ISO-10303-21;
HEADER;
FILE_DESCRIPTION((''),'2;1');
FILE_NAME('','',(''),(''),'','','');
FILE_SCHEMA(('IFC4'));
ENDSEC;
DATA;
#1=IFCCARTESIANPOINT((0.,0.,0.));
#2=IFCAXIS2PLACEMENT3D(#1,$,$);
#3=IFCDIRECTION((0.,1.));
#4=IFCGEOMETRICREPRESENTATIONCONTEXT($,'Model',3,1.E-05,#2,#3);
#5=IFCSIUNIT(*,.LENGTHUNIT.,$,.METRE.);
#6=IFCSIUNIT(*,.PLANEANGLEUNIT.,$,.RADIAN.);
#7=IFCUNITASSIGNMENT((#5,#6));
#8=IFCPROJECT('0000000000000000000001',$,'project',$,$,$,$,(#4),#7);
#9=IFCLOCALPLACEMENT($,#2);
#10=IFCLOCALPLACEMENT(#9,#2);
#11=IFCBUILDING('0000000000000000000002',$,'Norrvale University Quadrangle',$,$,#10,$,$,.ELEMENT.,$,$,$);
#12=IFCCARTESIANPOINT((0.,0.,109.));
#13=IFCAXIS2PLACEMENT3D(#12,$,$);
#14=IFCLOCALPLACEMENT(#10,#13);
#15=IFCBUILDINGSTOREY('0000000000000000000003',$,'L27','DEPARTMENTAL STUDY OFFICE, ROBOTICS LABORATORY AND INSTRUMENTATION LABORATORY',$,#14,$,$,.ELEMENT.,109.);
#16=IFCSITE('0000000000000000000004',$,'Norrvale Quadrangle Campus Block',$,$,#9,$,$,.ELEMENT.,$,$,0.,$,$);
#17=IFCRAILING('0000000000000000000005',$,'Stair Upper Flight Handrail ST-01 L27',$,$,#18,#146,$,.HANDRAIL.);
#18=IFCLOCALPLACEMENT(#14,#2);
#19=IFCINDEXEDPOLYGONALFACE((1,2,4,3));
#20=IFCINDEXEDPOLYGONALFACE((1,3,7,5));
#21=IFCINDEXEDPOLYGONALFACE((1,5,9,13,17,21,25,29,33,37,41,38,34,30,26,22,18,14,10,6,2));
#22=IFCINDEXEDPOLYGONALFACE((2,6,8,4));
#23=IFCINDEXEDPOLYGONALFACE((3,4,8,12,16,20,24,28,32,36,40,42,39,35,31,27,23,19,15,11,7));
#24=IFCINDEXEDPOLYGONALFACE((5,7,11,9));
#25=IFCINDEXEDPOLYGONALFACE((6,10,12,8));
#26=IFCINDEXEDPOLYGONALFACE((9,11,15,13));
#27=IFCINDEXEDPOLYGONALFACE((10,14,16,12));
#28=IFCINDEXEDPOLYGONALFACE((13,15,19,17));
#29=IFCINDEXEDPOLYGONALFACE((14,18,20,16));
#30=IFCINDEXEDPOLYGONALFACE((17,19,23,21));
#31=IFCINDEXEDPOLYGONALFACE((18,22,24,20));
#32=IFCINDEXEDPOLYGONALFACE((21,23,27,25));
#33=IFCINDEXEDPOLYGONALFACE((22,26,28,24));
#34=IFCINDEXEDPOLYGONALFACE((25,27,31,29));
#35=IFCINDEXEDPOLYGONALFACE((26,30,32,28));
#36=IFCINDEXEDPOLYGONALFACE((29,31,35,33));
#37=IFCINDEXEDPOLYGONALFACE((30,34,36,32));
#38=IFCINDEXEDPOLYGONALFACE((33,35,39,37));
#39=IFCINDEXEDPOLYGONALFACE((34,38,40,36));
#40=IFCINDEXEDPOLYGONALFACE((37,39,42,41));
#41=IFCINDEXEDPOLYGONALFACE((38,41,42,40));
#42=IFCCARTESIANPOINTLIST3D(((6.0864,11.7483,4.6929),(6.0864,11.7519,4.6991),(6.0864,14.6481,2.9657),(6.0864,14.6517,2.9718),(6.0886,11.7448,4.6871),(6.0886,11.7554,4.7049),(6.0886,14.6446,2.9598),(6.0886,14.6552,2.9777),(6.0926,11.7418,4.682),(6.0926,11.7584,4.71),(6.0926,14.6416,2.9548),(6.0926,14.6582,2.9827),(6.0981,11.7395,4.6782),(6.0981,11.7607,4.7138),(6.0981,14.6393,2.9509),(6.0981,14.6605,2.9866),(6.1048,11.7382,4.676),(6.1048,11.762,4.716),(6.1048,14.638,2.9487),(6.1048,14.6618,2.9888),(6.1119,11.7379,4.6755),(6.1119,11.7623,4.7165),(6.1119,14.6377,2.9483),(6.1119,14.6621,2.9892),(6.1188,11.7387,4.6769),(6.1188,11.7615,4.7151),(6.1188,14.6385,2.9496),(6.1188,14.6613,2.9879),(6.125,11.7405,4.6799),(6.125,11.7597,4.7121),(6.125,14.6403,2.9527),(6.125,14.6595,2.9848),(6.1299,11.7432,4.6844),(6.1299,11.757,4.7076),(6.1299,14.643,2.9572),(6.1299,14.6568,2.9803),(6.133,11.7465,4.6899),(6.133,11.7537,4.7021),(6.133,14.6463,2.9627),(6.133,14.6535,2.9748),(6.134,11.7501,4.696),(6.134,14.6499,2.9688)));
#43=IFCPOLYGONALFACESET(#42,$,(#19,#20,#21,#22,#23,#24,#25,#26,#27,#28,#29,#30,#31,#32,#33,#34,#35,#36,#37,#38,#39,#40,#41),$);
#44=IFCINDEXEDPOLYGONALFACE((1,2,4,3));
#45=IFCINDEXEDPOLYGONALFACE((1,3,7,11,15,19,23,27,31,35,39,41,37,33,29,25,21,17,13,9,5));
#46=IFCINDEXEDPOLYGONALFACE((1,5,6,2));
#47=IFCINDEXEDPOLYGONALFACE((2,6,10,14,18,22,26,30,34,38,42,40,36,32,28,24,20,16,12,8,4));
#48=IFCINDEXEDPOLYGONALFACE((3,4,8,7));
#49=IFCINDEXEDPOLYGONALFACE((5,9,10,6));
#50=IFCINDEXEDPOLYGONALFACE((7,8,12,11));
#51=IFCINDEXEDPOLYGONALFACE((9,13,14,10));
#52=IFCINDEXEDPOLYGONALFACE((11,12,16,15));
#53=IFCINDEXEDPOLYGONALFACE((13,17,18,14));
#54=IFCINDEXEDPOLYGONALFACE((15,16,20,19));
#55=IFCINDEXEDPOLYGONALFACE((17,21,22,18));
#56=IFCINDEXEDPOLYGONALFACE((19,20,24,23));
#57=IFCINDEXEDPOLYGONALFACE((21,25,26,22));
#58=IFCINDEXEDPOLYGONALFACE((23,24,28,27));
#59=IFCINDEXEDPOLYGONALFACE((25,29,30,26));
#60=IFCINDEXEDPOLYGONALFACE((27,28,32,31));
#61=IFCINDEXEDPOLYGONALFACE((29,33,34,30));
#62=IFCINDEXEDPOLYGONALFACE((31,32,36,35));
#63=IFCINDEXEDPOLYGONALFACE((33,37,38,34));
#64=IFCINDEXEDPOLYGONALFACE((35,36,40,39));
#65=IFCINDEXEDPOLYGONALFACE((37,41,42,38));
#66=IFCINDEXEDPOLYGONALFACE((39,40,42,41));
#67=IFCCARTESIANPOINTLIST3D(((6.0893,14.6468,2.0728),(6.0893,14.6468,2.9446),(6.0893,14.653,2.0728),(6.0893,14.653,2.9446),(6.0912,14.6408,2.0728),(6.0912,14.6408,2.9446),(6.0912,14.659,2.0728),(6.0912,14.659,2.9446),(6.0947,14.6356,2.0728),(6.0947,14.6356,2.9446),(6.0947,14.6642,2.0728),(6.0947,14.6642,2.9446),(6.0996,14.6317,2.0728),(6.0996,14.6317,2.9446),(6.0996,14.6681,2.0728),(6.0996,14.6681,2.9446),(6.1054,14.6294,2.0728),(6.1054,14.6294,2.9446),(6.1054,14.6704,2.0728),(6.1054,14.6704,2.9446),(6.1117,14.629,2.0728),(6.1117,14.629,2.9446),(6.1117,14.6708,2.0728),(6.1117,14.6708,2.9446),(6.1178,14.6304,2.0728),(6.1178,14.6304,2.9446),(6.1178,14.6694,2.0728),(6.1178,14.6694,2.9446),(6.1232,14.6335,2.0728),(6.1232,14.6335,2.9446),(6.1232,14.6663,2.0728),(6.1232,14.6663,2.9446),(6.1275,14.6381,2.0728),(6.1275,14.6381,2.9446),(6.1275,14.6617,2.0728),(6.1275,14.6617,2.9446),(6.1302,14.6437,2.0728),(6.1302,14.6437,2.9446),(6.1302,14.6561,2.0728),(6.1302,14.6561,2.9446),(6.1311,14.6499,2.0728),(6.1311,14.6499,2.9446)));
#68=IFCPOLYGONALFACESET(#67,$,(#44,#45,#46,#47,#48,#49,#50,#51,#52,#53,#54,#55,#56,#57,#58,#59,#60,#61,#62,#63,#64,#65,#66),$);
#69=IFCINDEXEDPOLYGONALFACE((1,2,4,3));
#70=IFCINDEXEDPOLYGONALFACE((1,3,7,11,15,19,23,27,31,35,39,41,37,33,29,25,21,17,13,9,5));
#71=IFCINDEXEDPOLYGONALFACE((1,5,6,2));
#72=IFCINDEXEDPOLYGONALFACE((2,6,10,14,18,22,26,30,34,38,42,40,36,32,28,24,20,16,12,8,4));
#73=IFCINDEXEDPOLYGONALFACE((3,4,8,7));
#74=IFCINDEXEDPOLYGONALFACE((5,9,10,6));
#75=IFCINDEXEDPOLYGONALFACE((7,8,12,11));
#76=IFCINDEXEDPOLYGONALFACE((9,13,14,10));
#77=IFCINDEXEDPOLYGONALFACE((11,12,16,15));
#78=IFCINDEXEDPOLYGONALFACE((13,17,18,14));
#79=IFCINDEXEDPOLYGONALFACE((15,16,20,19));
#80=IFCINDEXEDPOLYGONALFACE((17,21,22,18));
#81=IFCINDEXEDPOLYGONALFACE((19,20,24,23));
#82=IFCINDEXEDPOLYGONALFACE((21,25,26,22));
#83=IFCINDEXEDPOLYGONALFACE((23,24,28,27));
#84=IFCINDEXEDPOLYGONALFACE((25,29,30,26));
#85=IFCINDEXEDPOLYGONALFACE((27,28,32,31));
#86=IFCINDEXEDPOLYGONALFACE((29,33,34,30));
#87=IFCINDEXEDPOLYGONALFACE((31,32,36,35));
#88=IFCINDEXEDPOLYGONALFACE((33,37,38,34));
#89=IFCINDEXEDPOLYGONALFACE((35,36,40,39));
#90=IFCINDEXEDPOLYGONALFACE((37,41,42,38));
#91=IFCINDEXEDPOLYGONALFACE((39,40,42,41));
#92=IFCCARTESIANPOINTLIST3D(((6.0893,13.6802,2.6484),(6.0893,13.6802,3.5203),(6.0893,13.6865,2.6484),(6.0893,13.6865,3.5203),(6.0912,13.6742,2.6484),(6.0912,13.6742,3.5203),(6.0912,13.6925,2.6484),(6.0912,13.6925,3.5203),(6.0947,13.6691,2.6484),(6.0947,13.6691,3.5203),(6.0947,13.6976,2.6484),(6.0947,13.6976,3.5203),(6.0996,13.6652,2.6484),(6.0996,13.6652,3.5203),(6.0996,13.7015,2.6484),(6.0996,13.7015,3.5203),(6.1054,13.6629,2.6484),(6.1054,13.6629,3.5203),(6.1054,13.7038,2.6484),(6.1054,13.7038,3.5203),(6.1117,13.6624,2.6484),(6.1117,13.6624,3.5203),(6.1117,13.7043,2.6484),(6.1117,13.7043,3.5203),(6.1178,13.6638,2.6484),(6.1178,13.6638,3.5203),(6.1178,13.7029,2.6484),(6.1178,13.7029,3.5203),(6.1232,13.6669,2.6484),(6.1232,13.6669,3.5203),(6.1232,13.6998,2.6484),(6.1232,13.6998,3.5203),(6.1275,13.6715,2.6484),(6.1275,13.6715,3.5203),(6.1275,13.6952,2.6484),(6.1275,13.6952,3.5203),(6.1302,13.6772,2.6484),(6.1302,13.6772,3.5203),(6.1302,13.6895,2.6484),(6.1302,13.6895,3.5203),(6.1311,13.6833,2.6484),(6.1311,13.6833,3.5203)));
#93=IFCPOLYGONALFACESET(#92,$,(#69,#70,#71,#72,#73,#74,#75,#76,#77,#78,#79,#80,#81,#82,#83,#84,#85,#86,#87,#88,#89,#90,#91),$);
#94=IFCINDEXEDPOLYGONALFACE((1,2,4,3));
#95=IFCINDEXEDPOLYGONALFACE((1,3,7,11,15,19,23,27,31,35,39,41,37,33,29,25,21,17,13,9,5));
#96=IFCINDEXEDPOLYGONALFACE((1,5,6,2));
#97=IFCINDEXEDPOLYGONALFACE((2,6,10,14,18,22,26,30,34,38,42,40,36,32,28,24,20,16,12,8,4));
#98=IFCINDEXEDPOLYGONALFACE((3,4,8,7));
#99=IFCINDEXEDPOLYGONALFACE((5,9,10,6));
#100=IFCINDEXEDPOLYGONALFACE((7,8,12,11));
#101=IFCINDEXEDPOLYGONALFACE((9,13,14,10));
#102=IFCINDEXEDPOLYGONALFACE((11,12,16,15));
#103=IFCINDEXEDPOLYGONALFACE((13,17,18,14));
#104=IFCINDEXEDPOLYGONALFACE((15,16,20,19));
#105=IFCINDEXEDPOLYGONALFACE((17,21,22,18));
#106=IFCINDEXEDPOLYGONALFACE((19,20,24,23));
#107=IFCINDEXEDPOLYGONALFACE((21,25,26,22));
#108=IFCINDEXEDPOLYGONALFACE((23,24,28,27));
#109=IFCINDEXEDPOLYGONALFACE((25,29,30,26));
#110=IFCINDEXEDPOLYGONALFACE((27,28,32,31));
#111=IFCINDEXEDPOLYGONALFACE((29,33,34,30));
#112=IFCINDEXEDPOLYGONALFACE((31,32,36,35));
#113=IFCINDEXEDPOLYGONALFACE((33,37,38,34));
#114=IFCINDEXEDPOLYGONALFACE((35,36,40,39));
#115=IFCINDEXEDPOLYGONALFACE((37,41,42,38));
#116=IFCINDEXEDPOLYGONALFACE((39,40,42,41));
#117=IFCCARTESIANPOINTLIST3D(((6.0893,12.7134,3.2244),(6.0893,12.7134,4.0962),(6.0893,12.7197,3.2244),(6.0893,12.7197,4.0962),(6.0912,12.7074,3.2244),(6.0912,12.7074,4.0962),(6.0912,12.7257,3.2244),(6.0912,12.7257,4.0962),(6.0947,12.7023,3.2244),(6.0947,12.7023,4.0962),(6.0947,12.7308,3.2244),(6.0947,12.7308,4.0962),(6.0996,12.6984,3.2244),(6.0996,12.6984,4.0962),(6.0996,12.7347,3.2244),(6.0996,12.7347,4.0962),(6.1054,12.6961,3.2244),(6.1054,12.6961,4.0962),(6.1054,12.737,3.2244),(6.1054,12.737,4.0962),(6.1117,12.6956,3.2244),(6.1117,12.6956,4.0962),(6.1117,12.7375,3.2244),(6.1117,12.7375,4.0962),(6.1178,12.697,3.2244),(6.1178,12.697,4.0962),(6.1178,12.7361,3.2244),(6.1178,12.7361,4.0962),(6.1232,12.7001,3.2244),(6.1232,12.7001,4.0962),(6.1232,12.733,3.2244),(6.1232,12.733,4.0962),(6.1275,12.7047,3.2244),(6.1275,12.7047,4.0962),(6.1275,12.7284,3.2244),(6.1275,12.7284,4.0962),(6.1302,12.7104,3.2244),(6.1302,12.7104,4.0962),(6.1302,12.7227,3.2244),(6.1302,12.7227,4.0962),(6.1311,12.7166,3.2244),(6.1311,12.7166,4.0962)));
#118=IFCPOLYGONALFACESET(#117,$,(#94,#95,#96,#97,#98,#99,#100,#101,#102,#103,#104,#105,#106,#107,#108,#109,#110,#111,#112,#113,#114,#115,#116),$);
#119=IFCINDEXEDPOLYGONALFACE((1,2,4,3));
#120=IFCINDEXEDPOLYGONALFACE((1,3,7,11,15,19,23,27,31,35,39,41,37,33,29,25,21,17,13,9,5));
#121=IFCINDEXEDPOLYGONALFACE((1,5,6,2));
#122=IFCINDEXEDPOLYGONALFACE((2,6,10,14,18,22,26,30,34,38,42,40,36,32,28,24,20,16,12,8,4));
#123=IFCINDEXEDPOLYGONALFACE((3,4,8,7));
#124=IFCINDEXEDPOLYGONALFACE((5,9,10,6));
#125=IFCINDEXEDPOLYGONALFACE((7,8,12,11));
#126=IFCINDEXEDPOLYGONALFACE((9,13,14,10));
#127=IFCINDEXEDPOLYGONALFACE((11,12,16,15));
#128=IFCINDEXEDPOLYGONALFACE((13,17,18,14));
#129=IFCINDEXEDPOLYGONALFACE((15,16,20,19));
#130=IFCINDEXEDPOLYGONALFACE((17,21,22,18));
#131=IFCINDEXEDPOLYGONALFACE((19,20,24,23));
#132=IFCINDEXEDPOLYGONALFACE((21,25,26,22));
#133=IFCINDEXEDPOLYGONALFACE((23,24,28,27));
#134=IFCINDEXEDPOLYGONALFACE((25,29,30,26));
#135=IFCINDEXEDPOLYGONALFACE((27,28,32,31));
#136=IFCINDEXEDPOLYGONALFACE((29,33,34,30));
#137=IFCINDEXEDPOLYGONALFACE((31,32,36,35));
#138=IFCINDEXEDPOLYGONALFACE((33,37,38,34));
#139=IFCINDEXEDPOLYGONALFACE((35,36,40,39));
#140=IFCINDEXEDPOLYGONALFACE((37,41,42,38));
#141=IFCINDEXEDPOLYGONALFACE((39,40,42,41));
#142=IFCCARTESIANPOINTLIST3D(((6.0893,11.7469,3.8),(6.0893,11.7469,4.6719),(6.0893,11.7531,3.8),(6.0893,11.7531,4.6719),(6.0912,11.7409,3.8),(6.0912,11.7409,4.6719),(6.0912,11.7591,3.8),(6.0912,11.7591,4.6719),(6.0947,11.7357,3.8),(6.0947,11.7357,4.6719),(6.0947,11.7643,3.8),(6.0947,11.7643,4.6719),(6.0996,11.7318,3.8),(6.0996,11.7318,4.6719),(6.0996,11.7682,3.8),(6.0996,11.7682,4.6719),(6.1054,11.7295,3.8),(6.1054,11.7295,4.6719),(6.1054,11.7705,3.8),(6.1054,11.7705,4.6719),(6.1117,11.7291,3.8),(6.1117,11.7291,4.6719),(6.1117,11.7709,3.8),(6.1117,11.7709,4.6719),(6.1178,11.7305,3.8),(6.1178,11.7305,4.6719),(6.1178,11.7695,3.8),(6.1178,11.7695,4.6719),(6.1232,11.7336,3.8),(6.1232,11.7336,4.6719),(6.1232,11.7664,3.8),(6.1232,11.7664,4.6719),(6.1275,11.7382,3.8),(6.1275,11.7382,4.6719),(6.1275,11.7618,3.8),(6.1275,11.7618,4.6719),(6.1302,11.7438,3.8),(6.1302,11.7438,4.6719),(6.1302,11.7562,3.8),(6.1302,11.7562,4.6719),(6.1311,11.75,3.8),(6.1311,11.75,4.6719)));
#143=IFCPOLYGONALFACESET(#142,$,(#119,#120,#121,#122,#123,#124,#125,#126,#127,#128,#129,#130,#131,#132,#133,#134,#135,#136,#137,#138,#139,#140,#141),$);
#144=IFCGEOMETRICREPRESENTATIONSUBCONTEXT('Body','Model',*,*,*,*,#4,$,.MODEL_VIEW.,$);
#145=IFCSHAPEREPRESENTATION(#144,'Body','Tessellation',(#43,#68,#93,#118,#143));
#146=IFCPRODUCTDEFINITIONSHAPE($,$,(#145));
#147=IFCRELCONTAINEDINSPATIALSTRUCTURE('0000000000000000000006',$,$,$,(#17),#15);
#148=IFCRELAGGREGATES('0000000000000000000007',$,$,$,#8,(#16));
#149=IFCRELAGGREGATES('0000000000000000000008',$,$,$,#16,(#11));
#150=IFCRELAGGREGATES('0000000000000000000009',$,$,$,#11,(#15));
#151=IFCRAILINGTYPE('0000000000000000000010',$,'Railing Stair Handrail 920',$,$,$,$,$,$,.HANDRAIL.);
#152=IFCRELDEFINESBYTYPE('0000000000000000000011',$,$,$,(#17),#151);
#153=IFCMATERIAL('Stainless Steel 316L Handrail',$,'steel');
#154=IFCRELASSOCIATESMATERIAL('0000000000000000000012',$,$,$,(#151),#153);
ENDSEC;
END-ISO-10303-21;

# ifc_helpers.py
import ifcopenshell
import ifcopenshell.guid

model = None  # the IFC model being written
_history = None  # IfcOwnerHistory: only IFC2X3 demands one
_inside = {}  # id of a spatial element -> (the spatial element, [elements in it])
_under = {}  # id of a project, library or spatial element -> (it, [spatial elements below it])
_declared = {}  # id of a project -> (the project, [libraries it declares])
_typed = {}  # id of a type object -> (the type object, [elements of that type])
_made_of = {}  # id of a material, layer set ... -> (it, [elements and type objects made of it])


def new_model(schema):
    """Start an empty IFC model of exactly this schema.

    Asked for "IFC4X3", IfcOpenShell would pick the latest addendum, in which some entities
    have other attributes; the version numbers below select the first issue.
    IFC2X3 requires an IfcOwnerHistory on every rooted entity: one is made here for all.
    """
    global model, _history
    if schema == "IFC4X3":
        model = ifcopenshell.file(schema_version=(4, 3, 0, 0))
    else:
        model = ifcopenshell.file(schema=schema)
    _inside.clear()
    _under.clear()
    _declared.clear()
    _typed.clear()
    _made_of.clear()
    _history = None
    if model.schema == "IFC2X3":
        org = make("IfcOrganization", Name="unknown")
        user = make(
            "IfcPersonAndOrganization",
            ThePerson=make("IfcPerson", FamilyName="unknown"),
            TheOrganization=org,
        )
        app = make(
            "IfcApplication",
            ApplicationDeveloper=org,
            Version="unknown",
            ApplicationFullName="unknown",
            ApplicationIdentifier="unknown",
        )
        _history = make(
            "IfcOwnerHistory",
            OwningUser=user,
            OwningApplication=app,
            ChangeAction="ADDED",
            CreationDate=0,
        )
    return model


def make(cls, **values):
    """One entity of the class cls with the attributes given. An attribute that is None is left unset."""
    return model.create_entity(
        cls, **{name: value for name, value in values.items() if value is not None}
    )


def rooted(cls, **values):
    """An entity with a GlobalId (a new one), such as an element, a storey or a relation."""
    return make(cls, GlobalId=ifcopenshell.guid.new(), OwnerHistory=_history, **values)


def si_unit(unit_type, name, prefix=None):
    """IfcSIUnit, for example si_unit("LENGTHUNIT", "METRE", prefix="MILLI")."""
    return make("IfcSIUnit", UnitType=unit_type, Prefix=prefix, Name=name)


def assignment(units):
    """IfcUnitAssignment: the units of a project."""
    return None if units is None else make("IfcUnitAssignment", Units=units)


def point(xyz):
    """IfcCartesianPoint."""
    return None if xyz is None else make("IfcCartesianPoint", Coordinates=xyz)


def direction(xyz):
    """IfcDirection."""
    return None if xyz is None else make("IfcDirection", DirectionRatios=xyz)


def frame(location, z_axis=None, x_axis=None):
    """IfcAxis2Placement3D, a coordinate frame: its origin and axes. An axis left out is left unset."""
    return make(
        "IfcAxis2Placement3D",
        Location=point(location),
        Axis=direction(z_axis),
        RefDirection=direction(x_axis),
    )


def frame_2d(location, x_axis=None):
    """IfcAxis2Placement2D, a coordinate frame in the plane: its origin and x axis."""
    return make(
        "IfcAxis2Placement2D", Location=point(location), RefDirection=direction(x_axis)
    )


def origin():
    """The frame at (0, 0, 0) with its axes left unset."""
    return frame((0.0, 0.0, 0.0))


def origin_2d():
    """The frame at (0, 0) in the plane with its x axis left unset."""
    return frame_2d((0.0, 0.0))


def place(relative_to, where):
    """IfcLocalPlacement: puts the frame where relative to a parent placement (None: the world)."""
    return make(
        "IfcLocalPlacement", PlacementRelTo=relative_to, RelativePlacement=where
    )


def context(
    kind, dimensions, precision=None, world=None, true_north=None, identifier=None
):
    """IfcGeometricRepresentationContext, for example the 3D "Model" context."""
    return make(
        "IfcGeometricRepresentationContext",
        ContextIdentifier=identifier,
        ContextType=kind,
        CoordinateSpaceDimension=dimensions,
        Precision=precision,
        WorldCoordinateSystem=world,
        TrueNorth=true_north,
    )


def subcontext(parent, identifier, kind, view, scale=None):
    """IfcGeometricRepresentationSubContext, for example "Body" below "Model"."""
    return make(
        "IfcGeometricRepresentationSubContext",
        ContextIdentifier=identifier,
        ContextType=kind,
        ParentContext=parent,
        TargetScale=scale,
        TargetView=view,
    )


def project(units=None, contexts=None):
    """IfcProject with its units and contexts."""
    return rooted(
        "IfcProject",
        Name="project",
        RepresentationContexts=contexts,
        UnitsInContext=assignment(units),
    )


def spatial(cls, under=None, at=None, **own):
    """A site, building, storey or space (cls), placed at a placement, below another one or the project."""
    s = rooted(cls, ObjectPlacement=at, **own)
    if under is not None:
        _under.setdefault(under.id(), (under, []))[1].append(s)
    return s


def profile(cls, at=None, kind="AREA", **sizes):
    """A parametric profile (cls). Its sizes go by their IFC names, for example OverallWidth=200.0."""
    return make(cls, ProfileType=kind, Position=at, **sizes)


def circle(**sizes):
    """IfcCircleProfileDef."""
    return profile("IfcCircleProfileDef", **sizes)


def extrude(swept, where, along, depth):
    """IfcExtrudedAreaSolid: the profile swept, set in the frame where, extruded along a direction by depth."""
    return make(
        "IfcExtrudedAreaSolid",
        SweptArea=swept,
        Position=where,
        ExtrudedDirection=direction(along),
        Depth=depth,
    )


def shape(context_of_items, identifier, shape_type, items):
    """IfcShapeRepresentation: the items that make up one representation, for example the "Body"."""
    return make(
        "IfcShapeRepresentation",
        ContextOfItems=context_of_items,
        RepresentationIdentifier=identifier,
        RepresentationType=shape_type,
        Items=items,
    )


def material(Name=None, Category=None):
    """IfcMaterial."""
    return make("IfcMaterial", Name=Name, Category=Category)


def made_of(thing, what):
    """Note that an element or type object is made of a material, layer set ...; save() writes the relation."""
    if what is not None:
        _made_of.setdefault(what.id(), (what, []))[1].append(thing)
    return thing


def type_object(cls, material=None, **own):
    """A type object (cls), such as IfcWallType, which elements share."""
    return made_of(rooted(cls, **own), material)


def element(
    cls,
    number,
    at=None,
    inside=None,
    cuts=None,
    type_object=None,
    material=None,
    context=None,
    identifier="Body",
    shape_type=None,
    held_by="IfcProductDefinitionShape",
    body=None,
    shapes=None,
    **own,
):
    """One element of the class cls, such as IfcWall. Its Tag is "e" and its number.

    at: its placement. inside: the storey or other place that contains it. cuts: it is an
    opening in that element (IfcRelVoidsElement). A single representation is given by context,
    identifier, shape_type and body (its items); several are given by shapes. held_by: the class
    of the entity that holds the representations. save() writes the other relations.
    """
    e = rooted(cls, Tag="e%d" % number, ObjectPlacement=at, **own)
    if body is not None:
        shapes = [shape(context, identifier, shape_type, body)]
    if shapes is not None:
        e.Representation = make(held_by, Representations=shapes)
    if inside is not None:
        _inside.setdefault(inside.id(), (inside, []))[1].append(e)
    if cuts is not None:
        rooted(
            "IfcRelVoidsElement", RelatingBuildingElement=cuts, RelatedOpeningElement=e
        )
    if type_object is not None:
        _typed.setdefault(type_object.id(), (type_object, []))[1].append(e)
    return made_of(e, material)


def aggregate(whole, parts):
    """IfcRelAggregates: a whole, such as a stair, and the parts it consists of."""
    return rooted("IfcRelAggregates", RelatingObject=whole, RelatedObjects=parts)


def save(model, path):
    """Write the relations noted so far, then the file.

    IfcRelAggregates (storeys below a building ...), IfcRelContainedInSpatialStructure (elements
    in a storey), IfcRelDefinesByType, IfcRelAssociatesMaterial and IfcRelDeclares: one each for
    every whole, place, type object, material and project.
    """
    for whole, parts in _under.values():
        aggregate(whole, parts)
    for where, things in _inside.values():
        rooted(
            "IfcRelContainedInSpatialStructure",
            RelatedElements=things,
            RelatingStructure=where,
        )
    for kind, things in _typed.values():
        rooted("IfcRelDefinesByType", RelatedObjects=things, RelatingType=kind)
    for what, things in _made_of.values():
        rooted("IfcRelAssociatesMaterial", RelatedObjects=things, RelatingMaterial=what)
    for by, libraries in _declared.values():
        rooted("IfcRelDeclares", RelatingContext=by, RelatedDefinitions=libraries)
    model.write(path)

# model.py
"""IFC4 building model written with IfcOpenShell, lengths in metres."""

from ifc_helpers import new_model, si_unit, direction, frame, origin, origin_2d, place, context, subcontext, project, spatial, circle, extrude, material, type_object, element, save


model = new_model("IFC4")

# Units and contexts
model_context = context("Model", 3, precision=1e-05, world=origin(), true_north=direction((0.0, 1.0)))
body_context = subcontext(model_context, "Body", "Model", "MODEL_VIEW")
ifc_project = project(units=[si_unit("LENGTHUNIT", "METRE"), si_unit("PLANEANGLEUNIT", "RADIAN")], contexts=[model_context])

# Site, building, storey
site_placement = place(None, origin())
site = spatial("IfcSite", under=ifc_project, at=site_placement, Name="Norrvale Quadrangle Campus Block", CompositionType="ELEMENT", RefElevation=0.0)
building_placement = place(site_placement, origin())
building = spatial("IfcBuilding", under=site, at=building_placement, Name="Norrvale University Quadrangle", CompositionType="ELEMENT")
storey_placement = place(building_placement, frame((0.0, 0.0, 109.0)))
storey = spatial("IfcBuildingStorey", under=building, at=storey_placement, Name="L27", Description="DEPARTMENTAL STUDY OFFICE, ROBOTICS LABORATORY AND INSTRUMENTATION LABORATORY", CompositionType="ELEMENT", Elevation=109.0)

# Railing
ifc_material_1 = material(Name="Stainless Steel 316L Handrail", Category="steel")
railing_type_1 = type_object("IfcRailingType", Name="Railing Stair Handrail 920", PredefinedType="HANDRAIL", material=ifc_material_1)
railing_1_placement = place(storey_placement, frame((6.1101, 14.6499, 2.0728)))
element("IfcRailing", 1, at=railing_1_placement, inside=storey, type_object=railing_type_1, Name="Stair Upper Flight Handrail ST-01 L27", PredefinedType="HANDRAIL", context=body_context, shape_type="SweptSolid", body=[
    extrude(circle(Radius=0.0239, at=origin_2d()), frame((0.0, 0.0, 0.896), z_axis=(0.0, -0.859141, 0.511738), x_axis=(1.0, 0.0, 0.0)), (0.0, 0.0, 1.0), 3.3752),
    extrude(circle(Radius=0.021, at=origin_2d()), origin(), (0.0, 0.0, 1.0), 0.8718),
    extrude(circle(Radius=0.021, at=origin_2d()), frame((0.0, -0.9666, 0.5757)), (0.0, 0.0, 1.0), 0.8718),
    extrude(circle(Radius=0.021, at=origin_2d()), frame((0.0, -1.9333, 1.1516)), (0.0, 0.0, 1.0), 0.8718),
    extrude(circle(Radius=0.021, at=origin_2d()), frame((0.0, -2.8999, 1.7273)), (0.0, 0.0, 1.0), 0.8718),
])

save(model, "model.ifc")
